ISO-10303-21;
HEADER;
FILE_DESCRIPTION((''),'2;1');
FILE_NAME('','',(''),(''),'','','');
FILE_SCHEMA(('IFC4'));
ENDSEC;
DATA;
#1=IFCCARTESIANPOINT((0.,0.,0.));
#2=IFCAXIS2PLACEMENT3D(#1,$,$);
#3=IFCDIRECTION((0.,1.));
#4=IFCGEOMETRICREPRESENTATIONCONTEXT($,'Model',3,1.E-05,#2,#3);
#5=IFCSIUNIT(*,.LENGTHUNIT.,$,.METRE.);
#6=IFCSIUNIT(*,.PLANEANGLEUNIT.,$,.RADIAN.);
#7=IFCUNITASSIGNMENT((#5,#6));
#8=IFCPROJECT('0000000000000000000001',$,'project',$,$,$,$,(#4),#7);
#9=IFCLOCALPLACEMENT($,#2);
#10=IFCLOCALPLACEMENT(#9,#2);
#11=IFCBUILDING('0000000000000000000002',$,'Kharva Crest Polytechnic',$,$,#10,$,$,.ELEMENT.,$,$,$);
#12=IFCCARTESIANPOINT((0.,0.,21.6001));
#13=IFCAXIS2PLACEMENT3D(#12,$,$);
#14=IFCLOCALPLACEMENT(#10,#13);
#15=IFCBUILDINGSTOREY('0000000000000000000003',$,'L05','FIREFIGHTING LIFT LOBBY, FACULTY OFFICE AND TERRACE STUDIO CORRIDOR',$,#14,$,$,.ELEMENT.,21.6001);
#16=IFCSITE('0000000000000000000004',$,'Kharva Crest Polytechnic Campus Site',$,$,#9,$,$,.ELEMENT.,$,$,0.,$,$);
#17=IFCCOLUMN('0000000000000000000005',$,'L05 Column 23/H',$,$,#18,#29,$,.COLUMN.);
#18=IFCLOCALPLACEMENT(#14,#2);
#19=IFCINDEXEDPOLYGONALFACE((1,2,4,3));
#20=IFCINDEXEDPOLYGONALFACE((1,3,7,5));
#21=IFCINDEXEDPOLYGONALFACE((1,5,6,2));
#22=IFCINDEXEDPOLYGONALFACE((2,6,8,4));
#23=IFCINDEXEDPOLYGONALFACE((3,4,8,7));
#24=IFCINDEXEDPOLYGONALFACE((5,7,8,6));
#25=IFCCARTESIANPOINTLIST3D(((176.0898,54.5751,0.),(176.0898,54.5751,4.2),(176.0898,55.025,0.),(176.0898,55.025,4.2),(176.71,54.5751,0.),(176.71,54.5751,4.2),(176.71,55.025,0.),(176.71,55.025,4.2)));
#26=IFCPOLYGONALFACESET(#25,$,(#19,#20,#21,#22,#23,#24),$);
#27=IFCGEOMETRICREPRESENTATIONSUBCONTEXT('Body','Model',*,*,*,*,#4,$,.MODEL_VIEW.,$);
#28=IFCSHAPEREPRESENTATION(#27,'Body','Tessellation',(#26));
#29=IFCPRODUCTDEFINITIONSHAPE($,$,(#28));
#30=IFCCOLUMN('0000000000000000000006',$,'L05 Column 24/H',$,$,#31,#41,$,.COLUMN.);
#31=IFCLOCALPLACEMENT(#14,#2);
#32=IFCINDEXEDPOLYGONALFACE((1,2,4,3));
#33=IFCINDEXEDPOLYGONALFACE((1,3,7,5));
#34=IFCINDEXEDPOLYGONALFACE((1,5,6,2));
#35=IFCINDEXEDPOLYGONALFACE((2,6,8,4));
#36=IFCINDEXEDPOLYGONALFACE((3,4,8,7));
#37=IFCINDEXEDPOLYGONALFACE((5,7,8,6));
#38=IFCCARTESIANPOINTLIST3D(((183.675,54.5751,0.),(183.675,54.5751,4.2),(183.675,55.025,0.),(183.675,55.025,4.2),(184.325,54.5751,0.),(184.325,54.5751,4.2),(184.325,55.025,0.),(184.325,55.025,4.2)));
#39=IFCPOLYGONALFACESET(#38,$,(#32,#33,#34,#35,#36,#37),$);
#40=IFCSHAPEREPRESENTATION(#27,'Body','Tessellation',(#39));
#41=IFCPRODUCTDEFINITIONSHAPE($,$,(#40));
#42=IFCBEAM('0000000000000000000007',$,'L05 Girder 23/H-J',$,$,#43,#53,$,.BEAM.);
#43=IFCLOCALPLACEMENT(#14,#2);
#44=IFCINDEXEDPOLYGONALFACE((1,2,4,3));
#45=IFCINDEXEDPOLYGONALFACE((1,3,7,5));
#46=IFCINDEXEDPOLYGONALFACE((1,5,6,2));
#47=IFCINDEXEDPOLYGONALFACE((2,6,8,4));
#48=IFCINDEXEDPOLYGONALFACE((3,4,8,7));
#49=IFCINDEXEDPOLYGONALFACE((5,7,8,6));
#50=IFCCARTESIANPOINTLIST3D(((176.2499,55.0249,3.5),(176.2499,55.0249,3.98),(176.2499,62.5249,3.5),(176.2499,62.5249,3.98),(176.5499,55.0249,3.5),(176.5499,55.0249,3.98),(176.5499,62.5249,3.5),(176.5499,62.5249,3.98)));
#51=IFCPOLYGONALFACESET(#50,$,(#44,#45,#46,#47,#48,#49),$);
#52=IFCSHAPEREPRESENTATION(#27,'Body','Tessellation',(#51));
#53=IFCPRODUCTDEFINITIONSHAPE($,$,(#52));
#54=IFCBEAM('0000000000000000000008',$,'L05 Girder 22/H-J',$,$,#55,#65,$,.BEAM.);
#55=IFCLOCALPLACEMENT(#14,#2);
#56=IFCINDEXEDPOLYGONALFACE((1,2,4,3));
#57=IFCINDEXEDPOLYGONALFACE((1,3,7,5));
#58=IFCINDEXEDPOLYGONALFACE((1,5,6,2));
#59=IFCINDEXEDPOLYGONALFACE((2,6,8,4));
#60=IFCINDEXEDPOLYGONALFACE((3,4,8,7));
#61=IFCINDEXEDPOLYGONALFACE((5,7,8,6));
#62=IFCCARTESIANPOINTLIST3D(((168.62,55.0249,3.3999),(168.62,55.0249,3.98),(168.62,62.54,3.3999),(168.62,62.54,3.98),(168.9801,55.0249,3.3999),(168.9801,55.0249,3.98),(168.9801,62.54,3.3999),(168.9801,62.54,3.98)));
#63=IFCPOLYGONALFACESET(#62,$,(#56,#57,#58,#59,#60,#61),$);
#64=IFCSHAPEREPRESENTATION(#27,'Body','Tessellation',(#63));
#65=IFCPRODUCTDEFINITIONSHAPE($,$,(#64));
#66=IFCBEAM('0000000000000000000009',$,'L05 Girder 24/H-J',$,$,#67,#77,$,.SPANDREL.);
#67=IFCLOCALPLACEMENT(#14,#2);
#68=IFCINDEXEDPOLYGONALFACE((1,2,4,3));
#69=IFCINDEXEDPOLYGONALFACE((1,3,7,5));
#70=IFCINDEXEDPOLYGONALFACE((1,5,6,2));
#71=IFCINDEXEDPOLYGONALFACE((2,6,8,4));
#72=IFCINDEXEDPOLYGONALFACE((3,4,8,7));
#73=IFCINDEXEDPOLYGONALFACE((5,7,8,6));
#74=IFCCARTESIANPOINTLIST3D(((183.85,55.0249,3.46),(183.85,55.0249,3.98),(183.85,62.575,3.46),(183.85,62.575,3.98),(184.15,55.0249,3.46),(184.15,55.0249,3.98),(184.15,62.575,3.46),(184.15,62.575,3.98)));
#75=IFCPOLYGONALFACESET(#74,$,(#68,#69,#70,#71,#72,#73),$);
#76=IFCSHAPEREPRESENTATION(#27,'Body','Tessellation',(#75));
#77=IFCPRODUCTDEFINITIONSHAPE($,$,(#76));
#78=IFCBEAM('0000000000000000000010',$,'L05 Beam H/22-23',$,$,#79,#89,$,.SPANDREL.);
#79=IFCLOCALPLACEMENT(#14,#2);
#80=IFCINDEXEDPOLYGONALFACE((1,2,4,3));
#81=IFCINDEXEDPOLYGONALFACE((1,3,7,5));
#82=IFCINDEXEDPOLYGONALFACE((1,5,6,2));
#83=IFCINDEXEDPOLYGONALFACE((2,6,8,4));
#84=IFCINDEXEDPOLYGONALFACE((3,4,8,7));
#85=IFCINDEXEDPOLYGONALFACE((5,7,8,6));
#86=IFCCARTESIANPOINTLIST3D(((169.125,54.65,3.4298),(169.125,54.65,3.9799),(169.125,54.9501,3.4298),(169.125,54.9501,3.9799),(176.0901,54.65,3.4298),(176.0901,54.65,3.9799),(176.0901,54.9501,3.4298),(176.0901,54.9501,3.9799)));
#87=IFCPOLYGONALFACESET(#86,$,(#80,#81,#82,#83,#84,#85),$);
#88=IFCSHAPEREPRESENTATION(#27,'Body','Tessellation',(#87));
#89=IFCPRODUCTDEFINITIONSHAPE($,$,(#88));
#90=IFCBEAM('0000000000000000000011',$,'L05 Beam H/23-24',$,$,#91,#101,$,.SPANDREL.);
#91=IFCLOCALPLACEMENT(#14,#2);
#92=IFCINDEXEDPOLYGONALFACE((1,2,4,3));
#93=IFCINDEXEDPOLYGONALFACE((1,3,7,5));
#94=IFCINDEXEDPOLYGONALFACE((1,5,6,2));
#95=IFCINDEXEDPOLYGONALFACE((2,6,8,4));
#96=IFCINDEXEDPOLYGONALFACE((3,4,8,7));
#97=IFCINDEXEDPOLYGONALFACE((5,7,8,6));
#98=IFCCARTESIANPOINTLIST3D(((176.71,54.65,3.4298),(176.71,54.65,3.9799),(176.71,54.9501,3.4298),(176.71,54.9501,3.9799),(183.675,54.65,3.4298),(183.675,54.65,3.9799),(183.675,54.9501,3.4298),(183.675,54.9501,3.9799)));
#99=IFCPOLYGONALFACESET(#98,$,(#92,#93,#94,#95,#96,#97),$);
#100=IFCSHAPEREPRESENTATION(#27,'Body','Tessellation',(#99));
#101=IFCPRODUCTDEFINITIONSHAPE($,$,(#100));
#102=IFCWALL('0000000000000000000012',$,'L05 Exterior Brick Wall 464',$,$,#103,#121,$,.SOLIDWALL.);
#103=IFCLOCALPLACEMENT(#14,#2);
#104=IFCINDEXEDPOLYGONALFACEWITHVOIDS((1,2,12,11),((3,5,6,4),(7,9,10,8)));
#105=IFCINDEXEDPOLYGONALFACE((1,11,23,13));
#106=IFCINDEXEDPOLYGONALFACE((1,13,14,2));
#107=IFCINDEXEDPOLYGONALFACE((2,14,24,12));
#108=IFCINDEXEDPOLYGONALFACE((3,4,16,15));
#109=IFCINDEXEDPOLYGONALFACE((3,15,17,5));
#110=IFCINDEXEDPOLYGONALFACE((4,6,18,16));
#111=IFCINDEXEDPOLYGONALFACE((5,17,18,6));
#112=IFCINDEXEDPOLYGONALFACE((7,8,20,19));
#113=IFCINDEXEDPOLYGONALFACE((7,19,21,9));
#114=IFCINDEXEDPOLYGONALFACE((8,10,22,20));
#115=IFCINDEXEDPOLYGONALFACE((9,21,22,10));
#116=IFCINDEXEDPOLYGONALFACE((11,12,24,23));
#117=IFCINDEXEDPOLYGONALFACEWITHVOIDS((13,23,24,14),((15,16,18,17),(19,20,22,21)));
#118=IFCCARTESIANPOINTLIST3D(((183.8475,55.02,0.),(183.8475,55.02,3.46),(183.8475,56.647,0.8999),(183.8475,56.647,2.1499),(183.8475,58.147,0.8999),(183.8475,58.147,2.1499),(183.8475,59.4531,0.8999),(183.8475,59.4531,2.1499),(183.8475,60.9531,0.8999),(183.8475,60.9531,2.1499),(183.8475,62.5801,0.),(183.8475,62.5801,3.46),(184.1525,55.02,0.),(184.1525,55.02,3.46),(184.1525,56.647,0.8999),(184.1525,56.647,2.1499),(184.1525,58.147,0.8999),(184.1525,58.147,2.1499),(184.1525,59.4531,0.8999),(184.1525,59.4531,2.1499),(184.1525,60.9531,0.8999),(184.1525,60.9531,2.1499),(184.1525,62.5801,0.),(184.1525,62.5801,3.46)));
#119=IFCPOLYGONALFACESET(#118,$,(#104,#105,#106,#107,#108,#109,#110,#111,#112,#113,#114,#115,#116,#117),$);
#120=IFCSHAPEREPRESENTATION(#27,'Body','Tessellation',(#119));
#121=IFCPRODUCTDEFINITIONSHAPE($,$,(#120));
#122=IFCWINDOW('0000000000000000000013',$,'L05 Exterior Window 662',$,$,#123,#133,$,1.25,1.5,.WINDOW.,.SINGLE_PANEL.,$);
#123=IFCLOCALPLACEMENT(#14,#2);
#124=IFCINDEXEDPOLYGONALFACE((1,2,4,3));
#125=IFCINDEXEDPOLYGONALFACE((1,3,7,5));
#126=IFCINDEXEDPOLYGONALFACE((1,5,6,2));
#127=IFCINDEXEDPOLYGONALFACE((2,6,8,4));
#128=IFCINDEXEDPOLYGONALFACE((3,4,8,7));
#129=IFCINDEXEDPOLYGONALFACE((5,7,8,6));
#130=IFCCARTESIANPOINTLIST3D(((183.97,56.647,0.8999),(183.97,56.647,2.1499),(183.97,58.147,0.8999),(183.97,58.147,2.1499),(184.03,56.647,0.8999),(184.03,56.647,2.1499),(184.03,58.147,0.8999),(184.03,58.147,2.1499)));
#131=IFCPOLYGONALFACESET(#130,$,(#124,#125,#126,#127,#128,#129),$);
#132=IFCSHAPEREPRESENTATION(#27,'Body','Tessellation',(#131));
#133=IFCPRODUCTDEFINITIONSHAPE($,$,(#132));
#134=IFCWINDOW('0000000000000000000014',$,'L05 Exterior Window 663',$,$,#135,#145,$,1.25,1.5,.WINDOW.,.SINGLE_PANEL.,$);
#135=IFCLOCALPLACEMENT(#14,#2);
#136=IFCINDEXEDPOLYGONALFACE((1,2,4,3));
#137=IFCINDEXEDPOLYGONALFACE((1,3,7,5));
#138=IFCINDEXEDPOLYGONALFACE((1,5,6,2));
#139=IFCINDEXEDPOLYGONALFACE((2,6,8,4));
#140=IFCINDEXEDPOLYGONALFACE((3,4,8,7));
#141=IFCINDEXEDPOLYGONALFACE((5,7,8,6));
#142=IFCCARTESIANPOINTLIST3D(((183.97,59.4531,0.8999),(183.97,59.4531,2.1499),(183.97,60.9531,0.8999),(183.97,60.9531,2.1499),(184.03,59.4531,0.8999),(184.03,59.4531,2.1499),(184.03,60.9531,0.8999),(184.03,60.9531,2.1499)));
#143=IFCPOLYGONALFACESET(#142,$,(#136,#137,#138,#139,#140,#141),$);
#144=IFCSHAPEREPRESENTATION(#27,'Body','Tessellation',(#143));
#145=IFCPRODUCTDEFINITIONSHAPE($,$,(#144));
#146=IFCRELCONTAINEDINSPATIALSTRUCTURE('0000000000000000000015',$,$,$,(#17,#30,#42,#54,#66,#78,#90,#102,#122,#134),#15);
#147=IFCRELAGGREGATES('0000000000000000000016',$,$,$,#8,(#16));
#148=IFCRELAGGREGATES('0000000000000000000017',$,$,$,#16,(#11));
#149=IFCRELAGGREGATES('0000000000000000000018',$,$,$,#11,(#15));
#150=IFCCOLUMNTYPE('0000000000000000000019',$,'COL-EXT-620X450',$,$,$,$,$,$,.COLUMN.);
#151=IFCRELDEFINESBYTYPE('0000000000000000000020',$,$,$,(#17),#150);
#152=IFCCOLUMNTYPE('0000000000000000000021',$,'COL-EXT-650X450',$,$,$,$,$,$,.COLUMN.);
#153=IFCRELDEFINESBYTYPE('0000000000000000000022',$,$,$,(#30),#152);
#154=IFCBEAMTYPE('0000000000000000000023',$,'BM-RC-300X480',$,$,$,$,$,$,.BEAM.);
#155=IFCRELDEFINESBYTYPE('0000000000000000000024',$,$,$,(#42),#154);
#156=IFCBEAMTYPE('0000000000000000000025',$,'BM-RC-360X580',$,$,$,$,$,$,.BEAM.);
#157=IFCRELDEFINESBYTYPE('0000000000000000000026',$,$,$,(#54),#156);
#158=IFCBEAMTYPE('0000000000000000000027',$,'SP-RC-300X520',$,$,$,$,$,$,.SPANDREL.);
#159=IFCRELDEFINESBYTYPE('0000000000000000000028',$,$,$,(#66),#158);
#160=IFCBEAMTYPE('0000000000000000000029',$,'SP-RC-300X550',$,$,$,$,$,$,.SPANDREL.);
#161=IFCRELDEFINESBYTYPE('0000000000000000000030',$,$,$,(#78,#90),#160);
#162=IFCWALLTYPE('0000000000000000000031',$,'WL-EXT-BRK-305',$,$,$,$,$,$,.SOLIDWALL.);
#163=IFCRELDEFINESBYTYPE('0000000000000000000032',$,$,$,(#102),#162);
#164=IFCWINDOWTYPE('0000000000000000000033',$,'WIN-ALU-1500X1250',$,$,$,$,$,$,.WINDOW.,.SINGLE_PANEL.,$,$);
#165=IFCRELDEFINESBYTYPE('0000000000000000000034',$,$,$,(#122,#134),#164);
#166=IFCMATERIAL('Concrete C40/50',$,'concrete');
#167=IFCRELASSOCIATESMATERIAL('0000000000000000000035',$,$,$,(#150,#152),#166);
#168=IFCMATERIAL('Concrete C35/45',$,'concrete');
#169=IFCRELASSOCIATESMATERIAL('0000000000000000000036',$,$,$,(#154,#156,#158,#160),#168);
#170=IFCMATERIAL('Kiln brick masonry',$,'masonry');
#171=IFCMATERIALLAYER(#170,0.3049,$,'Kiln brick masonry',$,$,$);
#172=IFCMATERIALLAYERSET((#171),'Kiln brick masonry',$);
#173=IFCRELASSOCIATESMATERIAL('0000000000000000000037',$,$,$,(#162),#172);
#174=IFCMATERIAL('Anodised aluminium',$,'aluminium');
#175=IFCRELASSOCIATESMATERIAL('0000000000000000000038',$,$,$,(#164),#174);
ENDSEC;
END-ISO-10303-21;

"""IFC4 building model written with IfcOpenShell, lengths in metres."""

from ifc_helpers import new_model, si_unit, direction, frame, frame_2d, origin, origin_2d, place, context, subcontext, project, spatial, rectangle, extrude, material, layer, layer_set, material_profile, profile_set, type_object, element, fill, save


model = new_model("IFC4")

# Units and contexts
model_context = context("Model", 3, precision=1e-05, world=origin(), true_north=direction((0.0, 1.0)))
body_context = subcontext(model_context, "Body", "Model", "MODEL_VIEW")
ifc_project = project(units=[si_unit("LENGTHUNIT", "METRE"), si_unit("PLANEANGLEUNIT", "RADIAN")], contexts=[model_context])

# Site, building, storey
site_placement = place(None, origin())
site = spatial("IfcSite", under=ifc_project, at=site_placement, Name="Kharva Crest Polytechnic Campus Site", CompositionType="ELEMENT", RefElevation=0.0)
building_placement = place(site_placement, origin())
building = spatial("IfcBuilding", under=site, at=building_placement, Name="Kharva Crest Polytechnic", CompositionType="ELEMENT")
storey_placement = place(building_placement, frame((0.0, 0.0, 21.6001)))
storey = spatial("IfcBuildingStorey", under=building, at=storey_placement, Name="L05", Description="FIREFIGHTING LIFT LOBBY, FACULTY OFFICE AND TERRACE STUDIO CORRIDOR", CompositionType="ELEMENT", Elevation=21.6001)

# Columns
ifc_material_1 = material(Name="Concrete C40/50", Category="concrete")
ifc_material_profile_1 = material_profile(ifc_material_1, rectangle(XDim=0.6201, YDim=0.45, at=origin_2d()), Name="RECT 620 X 450")
ifc_profile_set_1 = profile_set([ifc_material_profile_1], Name="Concrete C40/50")
column_type_1 = type_object("IfcColumnType", Name="COL-EXT-620X450", PredefinedType="COLUMN", material=ifc_profile_set_1)
column_1_placement = place(storey_placement, frame((176.3999, 54.8, 0.0), z_axis=(0.0, 0.0, 1.0), x_axis=(1.0, 0.0, 0.0)))
element("IfcColumn", 1, at=column_1_placement, inside=storey, type_object=column_type_1, Name="L05 Column 23/H", PredefinedType="COLUMN", context=body_context, shape_type="SweptSolid", body=[
    extrude(rectangle(XDim=0.6201, YDim=0.45, at=origin_2d()), origin(), (0.0, 0.0, 1.0), 4.2),
])
ifc_material_profile_2 = material_profile(ifc_material_1, rectangle(XDim=0.6499, YDim=0.45, at=origin_2d()), Name="RECT 650 X 450")
ifc_profile_set_2 = profile_set([ifc_material_profile_2], Name="Concrete C40/50")
column_type_2 = type_object("IfcColumnType", Name="COL-EXT-650X450", PredefinedType="COLUMN", material=ifc_profile_set_2)
column_2_placement = place(storey_placement, frame((184.0, 54.8, 0.0), z_axis=(0.0, 0.0, 1.0), x_axis=(1.0, 0.0, 0.0)))
element("IfcColumn", 2, at=column_2_placement, inside=storey, type_object=column_type_2, Name="L05 Column 24/H", PredefinedType="COLUMN", context=body_context, shape_type="SweptSolid", body=[
    extrude(rectangle(XDim=0.6499, YDim=0.45, at=origin_2d()), origin(), (0.0, 0.0, 1.0), 4.2),
])

# Beams
ifc_material_2 = material(Name="Concrete C35/45", Category="concrete")
ifc_material_profile_3 = material_profile(ifc_material_2, rectangle(XDim=0.3, YDim=0.48, at=origin_2d()), Name="RECT 300 X 480")
ifc_profile_set_3 = profile_set([ifc_material_profile_3], Name="Concrete C35/45")
beam_type_1 = type_object("IfcBeamType", Name="BM-RC-300X480", PredefinedType="BEAM", material=ifc_profile_set_3)
beam_1_placement = place(storey_placement, frame((176.3999, 55.0249, 3.74), z_axis=(0.0, 1.0, 0.0), x_axis=(-1.0, 0.0, 0.0)))
element("IfcBeam", 3, at=beam_1_placement, inside=storey, type_object=beam_type_1, Name="L05 Girder 23/H-J", PredefinedType="BEAM", context=body_context, shape_type="SweptSolid", body=[
    extrude(rectangle(XDim=0.3, YDim=0.48, at=origin_2d()), origin(), (0.0, 0.0, 1.0), 7.5),
])
ifc_material_profile_4 = material_profile(ifc_material_2, rectangle(XDim=0.3601, YDim=0.5801, at=origin_2d()), Name="RECT 360 X 580")
ifc_profile_set_4 = profile_set([ifc_material_profile_4], Name="Concrete C35/45")
beam_type_2 = type_object("IfcBeamType", Name="BM-RC-360X580", PredefinedType="BEAM", material=ifc_profile_set_4)
beam_2_placement = place(storey_placement, frame((168.8, 55.0249, 3.6899), z_axis=(0.0, 1.0, 0.0), x_axis=(-1.0, 0.0, 0.0)))
element("IfcBeam", 4, at=beam_2_placement, inside=storey, type_object=beam_type_2, Name="L05 Girder 22/H-J", PredefinedType="BEAM", context=body_context, shape_type="SweptSolid", body=[
    extrude(rectangle(XDim=0.3601, YDim=0.5801, at=origin_2d()), origin(), (0.0, 0.0, 1.0), 7.5151),
])
ifc_material_profile_5 = material_profile(ifc_material_2, rectangle(XDim=0.3, YDim=0.52, at=origin_2d()), Name="RECT 300 X 520")
ifc_profile_set_5 = profile_set([ifc_material_profile_5], Name="Concrete C35/45")
beam_type_3 = type_object("IfcBeamType", Name="SP-RC-300X520", PredefinedType="SPANDREL", material=ifc_profile_set_5)
beam_3_placement = place(storey_placement, frame((184.0, 55.0249, 3.72), z_axis=(0.0, 1.0, 0.0), x_axis=(-1.0, 0.0, 0.0)))
element("IfcBeam", 5, at=beam_3_placement, inside=storey, type_object=beam_type_3, Name="L05 Girder 24/H-J", PredefinedType="SPANDREL", context=body_context, shape_type="SweptSolid", body=[
    extrude(rectangle(XDim=0.3, YDim=0.52, at=origin_2d()), origin(), (0.0, 0.0, 1.0), 7.55),
])
ifc_material_profile_6 = material_profile(ifc_material_2, rectangle(XDim=0.3, YDim=0.55, at=origin_2d()), Name="RECT 300 X 550")
ifc_profile_set_6 = profile_set([ifc_material_profile_6], Name="Concrete C35/45")
beam_type_4 = type_object("IfcBeamType", Name="SP-RC-300X550", PredefinedType="SPANDREL", material=ifc_profile_set_6)
for number, where, z_axis, x_axis, name in (
    (6, (169.125, 54.8, 3.7048), (1.0, 0.0, 0.0), (0.0, 1.0, 0.0), "L05 Beam H/22-23"),
    (7, (176.71, 54.8, 3.7048), (1.0, 0.0, 0.0), (0.0, 1.0, 0.0), "L05 Beam H/23-24"),
):
    element("IfcBeam", number, at=place(storey_placement, frame(where, z_axis=z_axis, x_axis=x_axis)), inside=storey, type_object=beam_type_4, Name=name, PredefinedType="SPANDREL", context=body_context, shape_type="SweptSolid", body=[
        extrude(rectangle(XDim=0.3, YDim=0.55, at=origin_2d()), origin(), (0.0, 0.0, 1.0), 6.9651),
    ])

# Wall, openings, windows
ifc_material_3 = material(Name="Kiln brick masonry", Category="masonry")
ifc_layer_1 = layer(ifc_material_3, 0.3049, Name="Kiln brick masonry")
ifc_layer_set_1 = layer_set([ifc_layer_1], Name="Kiln brick masonry")
wall_type_1 = type_object("IfcWallType", Name="WL-EXT-BRK-305", PredefinedType="SOLIDWALL", material=ifc_layer_set_1)
wall_1_placement = place(storey_placement, frame((184.0, 55.02, 0.0), z_axis=(0.0, 0.0, 1.0), x_axis=(0.0, 1.0, 0.0)))
wall_1 = element("IfcWall", 8, at=wall_1_placement, inside=storey, type_object=wall_type_1, Name="L05 Exterior Brick Wall 464", PredefinedType="SOLIDWALL", context=body_context, shape_type="SweptSolid", body=[
    extrude(rectangle(XDim=7.5601, YDim=0.3049, at=frame_2d((3.78, 0.0))), origin(), (0.0, 0.0, 1.0), 3.46),
])
opening_1_placement = place(wall_1_placement, frame((1.627, 0.0, 0.8999)))
opening_1 = element("IfcOpeningElement", 9, at=opening_1_placement, cuts=wall_1, PredefinedType="OPENING", context=body_context, shape_type="SweptSolid", body=[
    extrude(rectangle(XDim=1.5, YDim=1.25, at=frame_2d((0.75, 0.625))), frame((0.0, 0.1624, 0.0), z_axis=(0.0, -1.0, 0.0), x_axis=(1.0, 0.0, 0.0)), (0.0, 0.0, 1.0), 0.325),
])
opening_2_placement = place(wall_1_placement, frame((4.4331, 0.0, 0.8999)))
opening_2 = element("IfcOpeningElement", 10, at=opening_2_placement, cuts=wall_1, PredefinedType="OPENING", context=body_context, shape_type="SweptSolid", body=[
    extrude(rectangle(XDim=1.5, YDim=1.25, at=frame_2d((0.75, 0.625))), frame((0.0, 0.1624, 0.0), z_axis=(0.0, -1.0, 0.0), x_axis=(1.0, 0.0, 0.0)), (0.0, 0.0, 1.0), 0.325),
])
ifc_material_4 = material(Name="Anodised aluminium", Category="aluminium")
window_type_1 = type_object("IfcWindowType", Name="WIN-ALU-1500X1250", PartitioningType="SINGLE_PANEL", PredefinedType="WINDOW", material=ifc_material_4)
window_1_placement = place(opening_1_placement, origin())
window_1 = element("IfcWindow", 11, at=window_1_placement, inside=storey, type_object=window_type_1, Name="L05 Exterior Window 662", OverallHeight=1.25, OverallWidth=1.5, PartitioningType="SINGLE_PANEL", PredefinedType="WINDOW", context=body_context, shape_type="SweptSolid", body=[
    extrude(rectangle(XDim=1.5, YDim=1.25, at=frame_2d((0.75, 0.625))), frame((0.0, 0.03, 0.0), z_axis=(0.0, -1.0, 0.0), x_axis=(1.0, 0.0, 0.0)), (0.0, 0.0, 1.0), 0.0601),
])
fill(opening_1, window_1)
window_2_placement = place(opening_2_placement, origin())
window_2 = element("IfcWindow", 12, at=window_2_placement, inside=storey, type_object=window_type_1, Name="L05 Exterior Window 663", OverallHeight=1.25, OverallWidth=1.5, PartitioningType="SINGLE_PANEL", PredefinedType="WINDOW", context=body_context, shape_type="SweptSolid", body=[
    extrude(rectangle(XDim=1.5, YDim=1.25, at=frame_2d((0.75, 0.625))), frame((0.0, 0.03, 0.0), z_axis=(0.0, -1.0, 0.0), x_axis=(1.0, 0.0, 0.0)), (0.0, 0.0, 1.0), 0.0601),
])
fill(opening_2, window_2)

save(model, "model.ifc")
